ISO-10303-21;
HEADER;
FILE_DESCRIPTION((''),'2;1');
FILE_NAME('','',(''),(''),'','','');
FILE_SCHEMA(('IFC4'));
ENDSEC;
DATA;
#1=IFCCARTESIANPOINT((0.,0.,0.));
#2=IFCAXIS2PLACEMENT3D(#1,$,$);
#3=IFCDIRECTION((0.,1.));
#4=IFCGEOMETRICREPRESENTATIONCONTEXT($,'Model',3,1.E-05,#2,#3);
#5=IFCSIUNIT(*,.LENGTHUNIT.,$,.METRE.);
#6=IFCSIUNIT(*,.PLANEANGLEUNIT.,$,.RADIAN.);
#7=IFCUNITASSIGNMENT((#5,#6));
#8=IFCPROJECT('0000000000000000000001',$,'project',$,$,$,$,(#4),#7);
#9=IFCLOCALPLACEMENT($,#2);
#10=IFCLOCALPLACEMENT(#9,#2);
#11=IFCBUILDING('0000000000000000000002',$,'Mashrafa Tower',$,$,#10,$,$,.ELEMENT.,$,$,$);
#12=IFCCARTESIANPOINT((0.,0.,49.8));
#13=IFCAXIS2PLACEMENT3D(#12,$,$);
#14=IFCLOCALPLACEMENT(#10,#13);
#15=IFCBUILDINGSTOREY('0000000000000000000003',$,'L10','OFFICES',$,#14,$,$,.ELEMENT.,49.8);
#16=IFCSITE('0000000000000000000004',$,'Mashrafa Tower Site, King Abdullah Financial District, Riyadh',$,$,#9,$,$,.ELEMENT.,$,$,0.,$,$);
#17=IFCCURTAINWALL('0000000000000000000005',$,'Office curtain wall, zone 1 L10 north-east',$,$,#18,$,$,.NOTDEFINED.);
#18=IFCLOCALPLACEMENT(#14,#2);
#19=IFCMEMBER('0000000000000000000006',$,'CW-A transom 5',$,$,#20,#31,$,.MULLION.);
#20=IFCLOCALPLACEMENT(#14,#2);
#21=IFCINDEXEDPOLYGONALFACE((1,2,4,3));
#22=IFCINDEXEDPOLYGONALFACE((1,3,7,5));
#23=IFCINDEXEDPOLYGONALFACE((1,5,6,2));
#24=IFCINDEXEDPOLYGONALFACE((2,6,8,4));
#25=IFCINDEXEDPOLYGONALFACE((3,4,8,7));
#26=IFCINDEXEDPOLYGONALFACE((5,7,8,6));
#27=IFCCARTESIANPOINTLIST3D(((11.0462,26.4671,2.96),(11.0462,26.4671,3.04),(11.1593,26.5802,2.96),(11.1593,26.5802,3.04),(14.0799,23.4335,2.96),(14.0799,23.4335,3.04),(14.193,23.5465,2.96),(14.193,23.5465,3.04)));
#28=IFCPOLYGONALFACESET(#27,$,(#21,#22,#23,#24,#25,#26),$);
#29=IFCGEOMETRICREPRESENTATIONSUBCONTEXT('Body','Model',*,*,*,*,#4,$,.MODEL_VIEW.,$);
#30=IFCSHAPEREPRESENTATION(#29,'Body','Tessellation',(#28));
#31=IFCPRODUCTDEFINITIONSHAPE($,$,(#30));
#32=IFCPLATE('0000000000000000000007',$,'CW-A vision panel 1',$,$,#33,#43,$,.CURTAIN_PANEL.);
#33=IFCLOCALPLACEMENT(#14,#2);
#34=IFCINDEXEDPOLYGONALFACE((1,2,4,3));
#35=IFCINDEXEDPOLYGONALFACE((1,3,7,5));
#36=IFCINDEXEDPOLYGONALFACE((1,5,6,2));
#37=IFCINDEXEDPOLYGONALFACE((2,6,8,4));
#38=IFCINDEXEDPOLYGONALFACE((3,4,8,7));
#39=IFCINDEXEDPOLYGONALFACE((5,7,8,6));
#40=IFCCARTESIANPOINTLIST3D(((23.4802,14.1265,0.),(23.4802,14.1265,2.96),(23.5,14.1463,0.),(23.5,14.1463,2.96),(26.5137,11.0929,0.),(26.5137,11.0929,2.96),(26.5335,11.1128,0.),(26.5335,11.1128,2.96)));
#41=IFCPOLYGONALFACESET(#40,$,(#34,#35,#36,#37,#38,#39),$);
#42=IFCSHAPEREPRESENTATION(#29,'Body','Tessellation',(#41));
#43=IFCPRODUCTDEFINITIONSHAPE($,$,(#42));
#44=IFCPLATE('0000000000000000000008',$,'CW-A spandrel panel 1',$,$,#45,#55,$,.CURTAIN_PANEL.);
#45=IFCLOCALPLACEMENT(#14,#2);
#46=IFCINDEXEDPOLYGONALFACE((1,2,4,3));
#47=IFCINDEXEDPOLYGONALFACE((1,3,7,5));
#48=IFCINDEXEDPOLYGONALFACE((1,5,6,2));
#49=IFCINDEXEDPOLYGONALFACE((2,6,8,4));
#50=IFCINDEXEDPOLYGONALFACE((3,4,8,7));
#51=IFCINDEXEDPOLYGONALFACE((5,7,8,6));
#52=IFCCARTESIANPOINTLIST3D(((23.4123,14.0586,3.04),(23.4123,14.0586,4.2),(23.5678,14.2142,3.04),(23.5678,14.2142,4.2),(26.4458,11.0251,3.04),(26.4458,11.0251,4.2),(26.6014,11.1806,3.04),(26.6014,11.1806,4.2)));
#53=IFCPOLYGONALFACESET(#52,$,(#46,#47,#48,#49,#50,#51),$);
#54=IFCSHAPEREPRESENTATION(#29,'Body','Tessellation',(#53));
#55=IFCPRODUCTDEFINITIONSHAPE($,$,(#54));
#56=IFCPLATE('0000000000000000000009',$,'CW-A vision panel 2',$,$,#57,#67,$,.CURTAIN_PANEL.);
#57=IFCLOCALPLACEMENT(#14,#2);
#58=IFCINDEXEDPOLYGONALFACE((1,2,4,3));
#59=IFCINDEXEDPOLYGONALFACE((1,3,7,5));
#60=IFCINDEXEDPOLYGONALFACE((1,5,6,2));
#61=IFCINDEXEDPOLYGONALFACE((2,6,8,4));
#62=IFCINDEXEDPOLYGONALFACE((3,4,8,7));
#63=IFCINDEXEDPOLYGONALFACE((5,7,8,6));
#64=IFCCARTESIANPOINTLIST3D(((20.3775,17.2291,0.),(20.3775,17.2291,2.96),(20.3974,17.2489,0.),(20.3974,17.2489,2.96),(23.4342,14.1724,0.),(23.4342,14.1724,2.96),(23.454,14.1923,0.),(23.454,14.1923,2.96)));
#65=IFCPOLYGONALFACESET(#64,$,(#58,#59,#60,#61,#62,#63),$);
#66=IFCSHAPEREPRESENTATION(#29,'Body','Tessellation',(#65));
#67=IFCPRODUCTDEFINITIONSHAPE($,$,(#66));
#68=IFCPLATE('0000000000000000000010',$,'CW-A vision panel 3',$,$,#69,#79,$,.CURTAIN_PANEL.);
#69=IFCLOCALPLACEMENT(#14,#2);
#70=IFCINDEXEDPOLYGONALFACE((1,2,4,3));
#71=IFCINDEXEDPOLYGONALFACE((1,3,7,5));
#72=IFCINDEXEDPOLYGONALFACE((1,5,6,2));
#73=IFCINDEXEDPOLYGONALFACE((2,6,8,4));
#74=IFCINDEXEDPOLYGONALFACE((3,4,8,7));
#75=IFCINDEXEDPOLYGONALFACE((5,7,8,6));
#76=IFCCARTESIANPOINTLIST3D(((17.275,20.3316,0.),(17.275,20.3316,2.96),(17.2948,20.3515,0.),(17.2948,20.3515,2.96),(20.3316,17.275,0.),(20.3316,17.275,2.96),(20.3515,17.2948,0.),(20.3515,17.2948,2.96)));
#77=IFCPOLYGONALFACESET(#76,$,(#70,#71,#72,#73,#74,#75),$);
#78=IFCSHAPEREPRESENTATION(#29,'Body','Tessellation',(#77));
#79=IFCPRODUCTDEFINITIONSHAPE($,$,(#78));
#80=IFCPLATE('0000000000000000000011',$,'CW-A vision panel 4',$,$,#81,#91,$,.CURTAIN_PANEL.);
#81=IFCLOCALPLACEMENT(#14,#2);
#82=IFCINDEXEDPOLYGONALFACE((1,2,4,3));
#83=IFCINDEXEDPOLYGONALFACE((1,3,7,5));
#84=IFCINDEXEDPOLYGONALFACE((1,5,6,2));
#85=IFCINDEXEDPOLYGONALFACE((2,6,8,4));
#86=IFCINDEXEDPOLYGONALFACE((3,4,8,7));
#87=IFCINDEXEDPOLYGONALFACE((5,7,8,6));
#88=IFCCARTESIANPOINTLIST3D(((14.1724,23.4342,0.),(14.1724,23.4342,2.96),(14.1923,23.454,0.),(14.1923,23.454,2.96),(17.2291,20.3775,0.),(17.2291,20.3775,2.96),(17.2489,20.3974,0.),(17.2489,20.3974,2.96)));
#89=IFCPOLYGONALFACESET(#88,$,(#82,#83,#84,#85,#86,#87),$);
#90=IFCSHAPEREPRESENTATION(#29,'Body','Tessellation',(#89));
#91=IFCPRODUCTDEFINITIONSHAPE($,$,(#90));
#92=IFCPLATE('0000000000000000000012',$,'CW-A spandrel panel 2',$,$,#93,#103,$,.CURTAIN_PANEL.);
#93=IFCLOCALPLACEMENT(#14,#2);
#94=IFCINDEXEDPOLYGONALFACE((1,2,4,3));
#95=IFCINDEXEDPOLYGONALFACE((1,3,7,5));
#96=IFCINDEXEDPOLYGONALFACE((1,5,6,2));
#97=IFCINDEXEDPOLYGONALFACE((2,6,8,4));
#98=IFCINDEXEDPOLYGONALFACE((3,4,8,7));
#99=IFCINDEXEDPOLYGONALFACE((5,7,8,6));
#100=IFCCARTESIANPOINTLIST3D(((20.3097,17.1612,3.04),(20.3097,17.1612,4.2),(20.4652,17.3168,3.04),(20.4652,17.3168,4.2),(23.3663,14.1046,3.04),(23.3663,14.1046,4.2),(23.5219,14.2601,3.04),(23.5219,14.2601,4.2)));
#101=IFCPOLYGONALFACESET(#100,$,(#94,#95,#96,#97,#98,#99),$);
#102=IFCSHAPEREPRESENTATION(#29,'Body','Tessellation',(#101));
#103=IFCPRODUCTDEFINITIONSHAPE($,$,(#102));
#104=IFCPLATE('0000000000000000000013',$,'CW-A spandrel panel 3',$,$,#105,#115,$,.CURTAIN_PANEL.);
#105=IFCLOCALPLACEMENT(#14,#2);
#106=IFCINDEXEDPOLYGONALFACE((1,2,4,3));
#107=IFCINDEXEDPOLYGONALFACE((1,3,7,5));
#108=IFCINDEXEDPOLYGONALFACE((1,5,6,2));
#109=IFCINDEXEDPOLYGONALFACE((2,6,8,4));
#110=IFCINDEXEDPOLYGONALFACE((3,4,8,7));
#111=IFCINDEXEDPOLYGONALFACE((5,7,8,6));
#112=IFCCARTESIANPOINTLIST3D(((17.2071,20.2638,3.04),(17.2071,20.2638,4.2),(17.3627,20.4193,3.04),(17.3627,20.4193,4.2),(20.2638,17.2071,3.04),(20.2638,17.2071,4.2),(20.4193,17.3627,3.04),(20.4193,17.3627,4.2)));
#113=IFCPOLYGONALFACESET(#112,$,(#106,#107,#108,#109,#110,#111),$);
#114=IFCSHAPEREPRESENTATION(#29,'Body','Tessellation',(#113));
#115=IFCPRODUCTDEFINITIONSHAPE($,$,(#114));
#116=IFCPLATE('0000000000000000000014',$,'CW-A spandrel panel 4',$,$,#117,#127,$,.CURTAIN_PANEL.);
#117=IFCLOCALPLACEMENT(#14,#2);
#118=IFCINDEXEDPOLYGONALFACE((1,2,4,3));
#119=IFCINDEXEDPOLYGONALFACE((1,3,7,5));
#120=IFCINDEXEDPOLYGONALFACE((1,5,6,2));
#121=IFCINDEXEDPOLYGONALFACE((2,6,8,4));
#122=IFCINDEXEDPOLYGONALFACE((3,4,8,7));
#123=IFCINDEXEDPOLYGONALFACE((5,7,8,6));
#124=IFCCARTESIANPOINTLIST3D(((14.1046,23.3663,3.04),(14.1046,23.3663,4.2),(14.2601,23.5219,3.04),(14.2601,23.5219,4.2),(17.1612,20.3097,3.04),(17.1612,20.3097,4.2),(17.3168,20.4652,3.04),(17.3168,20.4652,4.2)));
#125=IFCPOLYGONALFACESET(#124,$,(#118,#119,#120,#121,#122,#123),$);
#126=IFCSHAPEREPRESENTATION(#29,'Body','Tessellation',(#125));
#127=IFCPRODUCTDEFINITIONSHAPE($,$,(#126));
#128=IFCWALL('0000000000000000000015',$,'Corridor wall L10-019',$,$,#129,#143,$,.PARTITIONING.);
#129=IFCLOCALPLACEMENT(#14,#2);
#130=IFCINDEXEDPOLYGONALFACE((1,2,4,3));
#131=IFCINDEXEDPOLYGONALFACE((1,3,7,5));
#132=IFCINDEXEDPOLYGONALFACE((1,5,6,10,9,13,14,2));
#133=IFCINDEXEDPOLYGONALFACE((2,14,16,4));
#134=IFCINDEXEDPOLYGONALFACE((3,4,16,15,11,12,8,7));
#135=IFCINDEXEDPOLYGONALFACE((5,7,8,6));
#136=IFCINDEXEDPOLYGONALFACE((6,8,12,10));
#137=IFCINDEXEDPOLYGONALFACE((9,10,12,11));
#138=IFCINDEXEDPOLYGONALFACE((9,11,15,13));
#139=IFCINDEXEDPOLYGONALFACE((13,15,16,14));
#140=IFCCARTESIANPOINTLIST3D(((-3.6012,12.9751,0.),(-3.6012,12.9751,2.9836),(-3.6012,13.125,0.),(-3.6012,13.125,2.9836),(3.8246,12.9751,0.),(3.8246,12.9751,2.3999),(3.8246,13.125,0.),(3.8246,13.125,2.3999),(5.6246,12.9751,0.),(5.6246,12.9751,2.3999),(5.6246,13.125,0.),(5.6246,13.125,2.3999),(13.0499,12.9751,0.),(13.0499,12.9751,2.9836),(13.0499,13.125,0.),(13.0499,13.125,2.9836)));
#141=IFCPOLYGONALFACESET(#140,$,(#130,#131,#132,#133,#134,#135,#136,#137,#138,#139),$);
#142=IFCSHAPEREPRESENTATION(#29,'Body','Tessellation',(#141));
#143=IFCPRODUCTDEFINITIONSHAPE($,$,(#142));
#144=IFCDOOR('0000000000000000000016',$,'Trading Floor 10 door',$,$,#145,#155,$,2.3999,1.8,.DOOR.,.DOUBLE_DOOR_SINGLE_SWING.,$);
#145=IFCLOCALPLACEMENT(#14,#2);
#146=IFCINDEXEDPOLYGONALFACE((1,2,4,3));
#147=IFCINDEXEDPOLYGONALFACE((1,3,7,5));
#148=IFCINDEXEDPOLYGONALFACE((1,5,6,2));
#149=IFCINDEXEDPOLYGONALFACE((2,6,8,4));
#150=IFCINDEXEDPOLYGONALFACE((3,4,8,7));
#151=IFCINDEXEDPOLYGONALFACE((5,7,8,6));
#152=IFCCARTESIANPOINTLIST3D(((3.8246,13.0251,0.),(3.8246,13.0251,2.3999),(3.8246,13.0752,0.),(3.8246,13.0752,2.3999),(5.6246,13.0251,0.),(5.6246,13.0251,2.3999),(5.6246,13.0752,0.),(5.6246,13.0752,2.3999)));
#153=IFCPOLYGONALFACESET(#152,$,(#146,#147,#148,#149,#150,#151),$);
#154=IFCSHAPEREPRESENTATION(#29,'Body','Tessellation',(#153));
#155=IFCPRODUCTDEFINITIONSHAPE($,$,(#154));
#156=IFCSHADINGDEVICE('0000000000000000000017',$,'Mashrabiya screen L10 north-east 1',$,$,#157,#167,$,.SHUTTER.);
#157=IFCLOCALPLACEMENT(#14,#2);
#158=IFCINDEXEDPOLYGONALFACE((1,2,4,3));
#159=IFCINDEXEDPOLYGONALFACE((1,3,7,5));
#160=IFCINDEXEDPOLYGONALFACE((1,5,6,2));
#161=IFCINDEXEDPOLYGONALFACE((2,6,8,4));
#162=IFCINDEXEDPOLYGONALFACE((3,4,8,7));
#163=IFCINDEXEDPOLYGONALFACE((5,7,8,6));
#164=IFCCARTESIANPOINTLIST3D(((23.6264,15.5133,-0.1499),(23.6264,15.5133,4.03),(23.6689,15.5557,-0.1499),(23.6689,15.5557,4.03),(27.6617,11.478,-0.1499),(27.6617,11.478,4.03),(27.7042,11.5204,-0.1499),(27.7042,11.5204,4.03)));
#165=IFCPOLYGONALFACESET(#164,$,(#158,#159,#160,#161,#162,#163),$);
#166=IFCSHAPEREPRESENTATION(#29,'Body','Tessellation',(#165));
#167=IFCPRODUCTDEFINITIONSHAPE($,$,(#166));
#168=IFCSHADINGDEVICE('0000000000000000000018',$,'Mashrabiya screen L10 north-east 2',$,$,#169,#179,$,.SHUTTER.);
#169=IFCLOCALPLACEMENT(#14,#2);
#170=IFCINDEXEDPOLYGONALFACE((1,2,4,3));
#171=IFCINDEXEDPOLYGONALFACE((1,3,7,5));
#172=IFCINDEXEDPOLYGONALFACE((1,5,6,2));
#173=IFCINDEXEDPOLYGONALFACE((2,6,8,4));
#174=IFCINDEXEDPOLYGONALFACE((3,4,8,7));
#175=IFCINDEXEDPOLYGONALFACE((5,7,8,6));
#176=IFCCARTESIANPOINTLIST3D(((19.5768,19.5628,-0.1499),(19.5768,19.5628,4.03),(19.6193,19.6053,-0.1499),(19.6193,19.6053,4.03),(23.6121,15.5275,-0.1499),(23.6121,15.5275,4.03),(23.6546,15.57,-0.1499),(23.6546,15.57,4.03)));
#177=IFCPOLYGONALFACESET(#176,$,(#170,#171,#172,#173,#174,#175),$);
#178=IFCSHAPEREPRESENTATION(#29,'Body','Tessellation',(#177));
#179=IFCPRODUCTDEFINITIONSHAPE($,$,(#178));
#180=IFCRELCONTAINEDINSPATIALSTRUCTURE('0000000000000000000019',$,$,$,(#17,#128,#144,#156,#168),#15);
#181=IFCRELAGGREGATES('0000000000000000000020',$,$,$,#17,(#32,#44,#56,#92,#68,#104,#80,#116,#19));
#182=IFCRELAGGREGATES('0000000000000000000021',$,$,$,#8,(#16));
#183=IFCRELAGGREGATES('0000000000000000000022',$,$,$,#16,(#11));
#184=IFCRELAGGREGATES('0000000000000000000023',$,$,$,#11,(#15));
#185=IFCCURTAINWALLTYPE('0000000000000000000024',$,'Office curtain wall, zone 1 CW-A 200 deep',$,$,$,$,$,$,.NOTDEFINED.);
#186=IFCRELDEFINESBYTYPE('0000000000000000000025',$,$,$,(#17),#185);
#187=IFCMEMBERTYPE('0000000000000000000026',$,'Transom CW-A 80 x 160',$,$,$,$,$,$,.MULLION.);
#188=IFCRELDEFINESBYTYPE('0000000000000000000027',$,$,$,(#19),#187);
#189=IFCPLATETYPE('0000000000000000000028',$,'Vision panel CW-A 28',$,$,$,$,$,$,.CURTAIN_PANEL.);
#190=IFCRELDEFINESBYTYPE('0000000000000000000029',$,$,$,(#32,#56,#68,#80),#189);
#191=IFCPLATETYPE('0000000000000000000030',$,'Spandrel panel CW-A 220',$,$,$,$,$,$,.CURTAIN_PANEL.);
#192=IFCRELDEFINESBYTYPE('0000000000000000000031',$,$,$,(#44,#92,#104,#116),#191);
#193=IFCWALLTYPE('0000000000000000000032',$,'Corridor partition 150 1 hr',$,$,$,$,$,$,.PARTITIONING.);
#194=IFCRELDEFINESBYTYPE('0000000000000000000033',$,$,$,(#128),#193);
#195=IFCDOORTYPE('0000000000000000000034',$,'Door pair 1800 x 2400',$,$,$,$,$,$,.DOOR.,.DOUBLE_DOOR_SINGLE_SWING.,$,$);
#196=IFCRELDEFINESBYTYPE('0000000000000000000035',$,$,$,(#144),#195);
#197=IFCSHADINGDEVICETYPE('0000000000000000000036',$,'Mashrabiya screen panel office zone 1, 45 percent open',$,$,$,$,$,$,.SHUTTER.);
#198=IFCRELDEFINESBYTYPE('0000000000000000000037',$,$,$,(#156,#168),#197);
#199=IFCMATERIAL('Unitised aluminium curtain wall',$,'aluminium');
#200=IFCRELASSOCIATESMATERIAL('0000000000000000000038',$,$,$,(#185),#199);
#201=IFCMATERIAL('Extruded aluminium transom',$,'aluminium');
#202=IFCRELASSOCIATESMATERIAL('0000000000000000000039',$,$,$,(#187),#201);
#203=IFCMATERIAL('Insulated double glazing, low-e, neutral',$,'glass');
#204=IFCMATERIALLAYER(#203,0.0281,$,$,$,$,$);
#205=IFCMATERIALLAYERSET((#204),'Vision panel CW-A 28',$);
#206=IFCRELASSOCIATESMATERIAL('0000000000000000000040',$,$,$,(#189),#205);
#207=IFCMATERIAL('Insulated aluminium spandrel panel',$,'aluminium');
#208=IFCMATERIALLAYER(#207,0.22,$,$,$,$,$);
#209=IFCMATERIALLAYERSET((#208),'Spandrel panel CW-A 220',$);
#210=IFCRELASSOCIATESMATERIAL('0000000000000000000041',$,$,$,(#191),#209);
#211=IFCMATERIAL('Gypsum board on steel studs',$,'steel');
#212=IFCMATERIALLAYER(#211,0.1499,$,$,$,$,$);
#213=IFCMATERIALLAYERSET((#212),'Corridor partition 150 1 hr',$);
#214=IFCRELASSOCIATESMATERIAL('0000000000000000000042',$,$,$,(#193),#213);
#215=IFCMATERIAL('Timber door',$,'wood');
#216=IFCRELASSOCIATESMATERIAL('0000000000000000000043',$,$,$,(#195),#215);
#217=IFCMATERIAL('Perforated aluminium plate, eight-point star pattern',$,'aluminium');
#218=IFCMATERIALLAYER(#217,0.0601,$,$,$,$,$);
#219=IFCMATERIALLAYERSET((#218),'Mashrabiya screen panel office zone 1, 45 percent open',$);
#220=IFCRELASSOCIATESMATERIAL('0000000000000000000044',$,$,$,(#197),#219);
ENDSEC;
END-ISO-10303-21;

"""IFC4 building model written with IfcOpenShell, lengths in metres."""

from ifc_helpers import new_model, si_unit, direction, frame, frame_2d, origin, origin_2d, place, context, subcontext, project, spatial, rectangle, extrude, source, transform, mapped, material, layer, layer_set, material_profile, profile_set, type_object, type_shapes, element, fill, aggregate, save


model = new_model("IFC4")

# Units and contexts
model_context = context("Model", 3, precision=1e-05, world=origin(), true_north=direction((0.0, 1.0)))
body_context = subcontext(model_context, "Body", "Model", "MODEL_VIEW")
ifc_project = project(units=[si_unit("LENGTHUNIT", "METRE"), si_unit("PLANEANGLEUNIT", "RADIAN")], contexts=[model_context])

# Site, building, storey
site_placement = place(None, origin())
site = spatial("IfcSite", under=ifc_project, at=site_placement, Name="Mashrafa Tower Site, King Abdullah Financial District, Riyadh", CompositionType="ELEMENT", RefElevation=0.0)
building_placement = place(site_placement, origin())
building = spatial("IfcBuilding", under=site, at=building_placement, Name="Mashrafa Tower", CompositionType="ELEMENT")
storey_placement = place(building_placement, frame((0.0, 0.0, 49.8)))
storey = spatial("IfcBuildingStorey", under=building, at=storey_placement, Name="L10", Description="OFFICES", CompositionType="ELEMENT", Elevation=49.8)

# Shared definitions
ifc_material_1 = material(Name="Unitised aluminium curtain wall", Category="aluminium")
curtain_wall_type = type_object("IfcCurtainWallType", Name="Office curtain wall, zone 1 CW-A 200 deep", PredefinedType="NOTDEFINED", material=ifc_material_1)

# Curtain wall, member, plates
curtain_wall_1_placement = place(storey_placement, origin())
curtain_wall_1 = element("IfcCurtainWall", 1, at=curtain_wall_1_placement, inside=storey, type_object=curtain_wall_type, Name="Office curtain wall, zone 1 L10 north-east", PredefinedType="NOTDEFINED")
ifc_material_2 = material(Name="Extruded aluminium transom", Category="aluminium")
ifc_material_profile_1 = material_profile(ifc_material_2, rectangle(XDim=0.1599, YDim=0.0801, at=origin_2d()), Name="Transom 80x160")
ifc_profile_set_1 = profile_set([ifc_material_profile_1], Name="Extruded aluminium transom")
member_type_1 = type_object("IfcMemberType", Name="Transom CW-A 80 x 160", PredefinedType="MULLION", material=ifc_profile_set_1)
shared_shape_1 = source(origin(), body_context, "Body", "SweptSolid", [
    extrude(rectangle(XDim=0.1599, YDim=0.0801, at=origin_2d()), origin(), (0.0, 0.0, 1.0), 4.2903),
])
member_1_placement = place(storey_placement, frame((14.1365, 23.49, 3.0), z_axis=(-0.707107, 0.707107, 0.0), x_axis=(-0.707107, -0.707107, 0.0)))
member_1 = element("IfcMember", 2, at=member_1_placement, type_object=member_type_1, Name="CW-A transom 5", PredefinedType="MULLION", context=body_context, shape_type="MappedRepresentation", body=[
    mapped(shared_shape_1, transform((0.0, 0.0, 0.0))),
])
ifc_material_3 = material(Name="Insulated double glazing, low-e, neutral", Category="glass")
ifc_layer_1 = layer(ifc_material_3, 0.0281)
ifc_layer_set_1 = layer_set([ifc_layer_1], Name="Vision panel CW-A 28")
plate_type_1 = type_object("IfcPlateType", Name="Vision panel CW-A 28", PredefinedType="CURTAIN_PANEL", material=ifc_layer_set_1)
shared_shape_2 = source(origin(), body_context, "Body", "SweptSolid", [
    extrude(rectangle(XDim=4.29, YDim=0.0281, at=origin_2d()), origin(), (0.0, 0.0, 1.0), 2.96),
])
plate_1_placement = place(storey_placement, frame((25.0068, 12.6196, 0.0), z_axis=(0.0, 0.0, 1.0), x_axis=(-0.707107, 0.707107, 0.0)))
plate_1 = element("IfcPlate", 3, at=plate_1_placement, type_object=plate_type_1, Name="CW-A vision panel 1", PredefinedType="CURTAIN_PANEL", context=body_context, shape_type="MappedRepresentation", body=[
    mapped(shared_shape_2, transform((0.0, 0.0, 0.0))),
])
ifc_material_4 = material(Name="Insulated aluminium spandrel panel", Category="aluminium")
ifc_layer_2 = layer(ifc_material_4, 0.22)
ifc_layer_set_2 = layer_set([ifc_layer_2], Name="Spandrel panel CW-A 220")
plate_type_2 = type_object("IfcPlateType", Name="Spandrel panel CW-A 220", PredefinedType="CURTAIN_PANEL", material=ifc_layer_set_2)
shared_shape_3 = source(origin(), body_context, "Body", "SweptSolid", [
    extrude(rectangle(XDim=4.29, YDim=0.22, at=origin_2d()), origin(), (0.0, 0.0, 1.0), 1.1599),
])
plate_2_placement = place(storey_placement, frame((25.0068, 12.6196, 3.04), z_axis=(0.0, 0.0, 1.0), x_axis=(-0.707107, 0.707107, 0.0)))
plate_2 = element("IfcPlate", 4, at=plate_2_placement, type_object=plate_type_2, Name="CW-A spandrel panel 1", PredefinedType="CURTAIN_PANEL", context=body_context, shape_type="MappedRepresentation", body=[
    mapped(shared_shape_3, transform((0.0, 0.0, 0.0))),
])
shared_shape_4 = source(origin(), body_context, "Body", "SweptSolid", [
    extrude(rectangle(XDim=4.3228, YDim=0.0281, at=origin_2d()), origin(), (0.0, 0.0, 1.0), 2.96),
])
type_shapes(plate_type_1, [shared_shape_2, shared_shape_4])
plate_3_placement = place(storey_placement, frame((21.9158, 15.7107, 0.0), z_axis=(0.0, 0.0, 1.0), x_axis=(-0.707107, 0.707107, 0.0)))
plate_3 = element("IfcPlate", 5, at=plate_3_placement, type_object=plate_type_1, Name="CW-A vision panel 2", PredefinedType="CURTAIN_PANEL", context=body_context, shape_type="MappedRepresentation", body=[
    mapped(shared_shape_4, transform((0.0, 0.0, 0.0))),
])
plate_4_placement = place(storey_placement, frame((18.8132, 18.8132, 0.0), z_axis=(0.0, 0.0, 1.0), x_axis=(-0.707107, 0.707107, 0.0)))
plate_4 = element("IfcPlate", 6, at=plate_4_placement, type_object=plate_type_1, Name="CW-A vision panel 3", PredefinedType="CURTAIN_PANEL", context=body_context, shape_type="MappedRepresentation", body=[
    mapped(shared_shape_4, transform((0.0, 0.0, 0.0))),
])
plate_5_placement = place(storey_placement, frame((15.7107, 21.9158, 0.0), z_axis=(0.0, 0.0, 1.0), x_axis=(-0.707107, 0.707107, 0.0)))
plate_5 = element("IfcPlate", 7, at=plate_5_placement, type_object=plate_type_1, Name="CW-A vision panel 4", PredefinedType="CURTAIN_PANEL", context=body_context, shape_type="MappedRepresentation", body=[
    mapped(shared_shape_4, transform((0.0, 0.0, 0.0))),
])
shared_shape_5 = source(origin(), body_context, "Body", "SweptSolid", [
    extrude(rectangle(XDim=4.3228, YDim=0.22, at=origin_2d()), origin(), (0.0, 0.0, 1.0), 1.1599),
])
type_shapes(plate_type_2, [shared_shape_3, shared_shape_5])
plate_6_placement = place(storey_placement, frame((21.9158, 15.7107, 3.04), z_axis=(0.0, 0.0, 1.0), x_axis=(-0.707107, 0.707107, 0.0)))
plate_6 = element("IfcPlate", 8, at=plate_6_placement, type_object=plate_type_2, Name="CW-A spandrel panel 2", PredefinedType="CURTAIN_PANEL", context=body_context, shape_type="MappedRepresentation", body=[
    mapped(shared_shape_5, transform((0.0, 0.0, 0.0))),
])
plate_7_placement = place(storey_placement, frame((18.8132, 18.8132, 3.04), z_axis=(0.0, 0.0, 1.0), x_axis=(-0.707107, 0.707107, 0.0)))
plate_7 = element("IfcPlate", 9, at=plate_7_placement, type_object=plate_type_2, Name="CW-A spandrel panel 3", PredefinedType="CURTAIN_PANEL", context=body_context, shape_type="MappedRepresentation", body=[
    mapped(shared_shape_5, transform((0.0, 0.0, 0.0))),
])
plate_8_placement = place(storey_placement, frame((15.7107, 21.9158, 3.04), z_axis=(0.0, 0.0, 1.0), x_axis=(-0.707107, 0.707107, 0.0)))
plate_8 = element("IfcPlate", 10, at=plate_8_placement, type_object=plate_type_2, Name="CW-A spandrel panel 4", PredefinedType="CURTAIN_PANEL", context=body_context, shape_type="MappedRepresentation", body=[
    mapped(shared_shape_5, transform((0.0, 0.0, 0.0))),
])
aggregate(curtain_wall_1, [plate_1, plate_2, plate_3, plate_6, plate_4, plate_7, plate_5, plate_8, member_1])

# Wall, opening, door
ifc_material_5 = material(Name="Gypsum board on steel studs", Category="steel")
ifc_layer_3 = layer(ifc_material_5, 0.1499)
ifc_layer_set_3 = layer_set([ifc_layer_3], Name="Corridor partition 150 1 hr")
wall_type = type_object("IfcWallType", Name="Corridor partition 150 1 hr", PredefinedType="PARTITIONING", material=ifc_layer_set_3)
wall_placement = place(storey_placement, frame((13.05, 13.05, 0.0), z_axis=(0.0, 0.0, 1.0), x_axis=(-1.0, 0.0, 0.0)))
wall = element("IfcWall", 11, at=wall_placement, inside=storey, type_object=wall_type, Name="Corridor wall L10-019", PredefinedType="PARTITIONING", context=body_context, shape_type="SweptSolid", body=[
    extrude(rectangle(XDim=16.6511, YDim=0.1499, at=frame_2d((8.3257, 0.0))), origin(), (0.0, 0.0, 1.0), 2.9836),
])
opening_placement = place(wall_placement, frame((7.4255, 0.0, 0.0)))
opening = element("IfcOpeningElement", 12, at=opening_placement, cuts=wall, PredefinedType="OPENING", context=body_context, shape_type="SweptSolid", body=[
    extrude(rectangle(XDim=1.8, YDim=2.3999, at=frame_2d((0.8999, 1.2))), frame((0.0, 0.085, 0.0), z_axis=(0.0, -1.0, 0.0), x_axis=(1.0, 0.0, 0.0)), (0.0, 0.0, 1.0), 0.1699),
])
ifc_material_6 = material(Name="Timber door", Category="wood")
door_type = type_object("IfcDoorType", Name="Door pair 1800 x 2400", OperationType="DOUBLE_DOOR_SINGLE_SWING", PredefinedType="DOOR", material=ifc_material_6)
door_placement = place(opening_placement, origin())
door = element("IfcDoor", 13, at=door_placement, inside=storey, type_object=door_type, Name="Trading Floor 10 door", OperationType="DOUBLE_DOOR_SINGLE_SWING", OverallHeight=2.3999, OverallWidth=1.8, PredefinedType="DOOR", context=body_context, shape_type="SweptSolid", body=[
    extrude(rectangle(XDim=1.8, YDim=2.3999, at=frame_2d((0.8999, 1.2))), frame((0.0, 0.0249, 0.0), z_axis=(0.0, -1.0, 0.0), x_axis=(1.0, 0.0, 0.0)), (0.0, 0.0, 1.0), 0.05),
])
fill(opening, door)

# Shading devices
ifc_material_7 = material(Name="Perforated aluminium plate, eight-point star pattern", Category="aluminium")
ifc_layer_4 = layer(ifc_material_7, 0.0601)
ifc_layer_set_4 = layer_set([ifc_layer_4], Name="Mashrabiya screen panel office zone 1, 45 percent open")
shading_device_type = type_object("IfcShadingDeviceType", Name="Mashrabiya screen panel office zone 1, 45 percent open", PredefinedType="SHUTTER", material=ifc_layer_set_4)
shared_shape_6 = source(origin(), body_context, "Body", "SweptSolid", [
    extrude(rectangle(XDim=5.7068, YDim=0.0601, at=origin_2d()), origin(), (0.0, 0.0, 1.0), 4.1799),
])
type_shapes(shading_device_type, [shared_shape_6])
for number, where, z_axis, x_axis, name in (
    (14, (25.6653, 13.5168, -0.1499), (0.0, 0.0, 1.0), (-0.707107, 0.707107, 0.0), "Mashrabiya screen L10 north-east 1"),
    (15, (21.6157, 17.5664, -0.1499), (0.0, 0.0, 1.0), (-0.707107, 0.707107, 0.0), "Mashrabiya screen L10 north-east 2"),
):
    element("IfcShadingDevice", number, at=place(storey_placement, frame(where, z_axis=z_axis, x_axis=x_axis)), inside=storey, type_object=shading_device_type, Name=name, PredefinedType="SHUTTER", context=body_context, shape_type="MappedRepresentation", body=[
        mapped(shared_shape_6, transform((0.0, 0.0, 0.0))),
    ])

save(model, "model.ifc")
